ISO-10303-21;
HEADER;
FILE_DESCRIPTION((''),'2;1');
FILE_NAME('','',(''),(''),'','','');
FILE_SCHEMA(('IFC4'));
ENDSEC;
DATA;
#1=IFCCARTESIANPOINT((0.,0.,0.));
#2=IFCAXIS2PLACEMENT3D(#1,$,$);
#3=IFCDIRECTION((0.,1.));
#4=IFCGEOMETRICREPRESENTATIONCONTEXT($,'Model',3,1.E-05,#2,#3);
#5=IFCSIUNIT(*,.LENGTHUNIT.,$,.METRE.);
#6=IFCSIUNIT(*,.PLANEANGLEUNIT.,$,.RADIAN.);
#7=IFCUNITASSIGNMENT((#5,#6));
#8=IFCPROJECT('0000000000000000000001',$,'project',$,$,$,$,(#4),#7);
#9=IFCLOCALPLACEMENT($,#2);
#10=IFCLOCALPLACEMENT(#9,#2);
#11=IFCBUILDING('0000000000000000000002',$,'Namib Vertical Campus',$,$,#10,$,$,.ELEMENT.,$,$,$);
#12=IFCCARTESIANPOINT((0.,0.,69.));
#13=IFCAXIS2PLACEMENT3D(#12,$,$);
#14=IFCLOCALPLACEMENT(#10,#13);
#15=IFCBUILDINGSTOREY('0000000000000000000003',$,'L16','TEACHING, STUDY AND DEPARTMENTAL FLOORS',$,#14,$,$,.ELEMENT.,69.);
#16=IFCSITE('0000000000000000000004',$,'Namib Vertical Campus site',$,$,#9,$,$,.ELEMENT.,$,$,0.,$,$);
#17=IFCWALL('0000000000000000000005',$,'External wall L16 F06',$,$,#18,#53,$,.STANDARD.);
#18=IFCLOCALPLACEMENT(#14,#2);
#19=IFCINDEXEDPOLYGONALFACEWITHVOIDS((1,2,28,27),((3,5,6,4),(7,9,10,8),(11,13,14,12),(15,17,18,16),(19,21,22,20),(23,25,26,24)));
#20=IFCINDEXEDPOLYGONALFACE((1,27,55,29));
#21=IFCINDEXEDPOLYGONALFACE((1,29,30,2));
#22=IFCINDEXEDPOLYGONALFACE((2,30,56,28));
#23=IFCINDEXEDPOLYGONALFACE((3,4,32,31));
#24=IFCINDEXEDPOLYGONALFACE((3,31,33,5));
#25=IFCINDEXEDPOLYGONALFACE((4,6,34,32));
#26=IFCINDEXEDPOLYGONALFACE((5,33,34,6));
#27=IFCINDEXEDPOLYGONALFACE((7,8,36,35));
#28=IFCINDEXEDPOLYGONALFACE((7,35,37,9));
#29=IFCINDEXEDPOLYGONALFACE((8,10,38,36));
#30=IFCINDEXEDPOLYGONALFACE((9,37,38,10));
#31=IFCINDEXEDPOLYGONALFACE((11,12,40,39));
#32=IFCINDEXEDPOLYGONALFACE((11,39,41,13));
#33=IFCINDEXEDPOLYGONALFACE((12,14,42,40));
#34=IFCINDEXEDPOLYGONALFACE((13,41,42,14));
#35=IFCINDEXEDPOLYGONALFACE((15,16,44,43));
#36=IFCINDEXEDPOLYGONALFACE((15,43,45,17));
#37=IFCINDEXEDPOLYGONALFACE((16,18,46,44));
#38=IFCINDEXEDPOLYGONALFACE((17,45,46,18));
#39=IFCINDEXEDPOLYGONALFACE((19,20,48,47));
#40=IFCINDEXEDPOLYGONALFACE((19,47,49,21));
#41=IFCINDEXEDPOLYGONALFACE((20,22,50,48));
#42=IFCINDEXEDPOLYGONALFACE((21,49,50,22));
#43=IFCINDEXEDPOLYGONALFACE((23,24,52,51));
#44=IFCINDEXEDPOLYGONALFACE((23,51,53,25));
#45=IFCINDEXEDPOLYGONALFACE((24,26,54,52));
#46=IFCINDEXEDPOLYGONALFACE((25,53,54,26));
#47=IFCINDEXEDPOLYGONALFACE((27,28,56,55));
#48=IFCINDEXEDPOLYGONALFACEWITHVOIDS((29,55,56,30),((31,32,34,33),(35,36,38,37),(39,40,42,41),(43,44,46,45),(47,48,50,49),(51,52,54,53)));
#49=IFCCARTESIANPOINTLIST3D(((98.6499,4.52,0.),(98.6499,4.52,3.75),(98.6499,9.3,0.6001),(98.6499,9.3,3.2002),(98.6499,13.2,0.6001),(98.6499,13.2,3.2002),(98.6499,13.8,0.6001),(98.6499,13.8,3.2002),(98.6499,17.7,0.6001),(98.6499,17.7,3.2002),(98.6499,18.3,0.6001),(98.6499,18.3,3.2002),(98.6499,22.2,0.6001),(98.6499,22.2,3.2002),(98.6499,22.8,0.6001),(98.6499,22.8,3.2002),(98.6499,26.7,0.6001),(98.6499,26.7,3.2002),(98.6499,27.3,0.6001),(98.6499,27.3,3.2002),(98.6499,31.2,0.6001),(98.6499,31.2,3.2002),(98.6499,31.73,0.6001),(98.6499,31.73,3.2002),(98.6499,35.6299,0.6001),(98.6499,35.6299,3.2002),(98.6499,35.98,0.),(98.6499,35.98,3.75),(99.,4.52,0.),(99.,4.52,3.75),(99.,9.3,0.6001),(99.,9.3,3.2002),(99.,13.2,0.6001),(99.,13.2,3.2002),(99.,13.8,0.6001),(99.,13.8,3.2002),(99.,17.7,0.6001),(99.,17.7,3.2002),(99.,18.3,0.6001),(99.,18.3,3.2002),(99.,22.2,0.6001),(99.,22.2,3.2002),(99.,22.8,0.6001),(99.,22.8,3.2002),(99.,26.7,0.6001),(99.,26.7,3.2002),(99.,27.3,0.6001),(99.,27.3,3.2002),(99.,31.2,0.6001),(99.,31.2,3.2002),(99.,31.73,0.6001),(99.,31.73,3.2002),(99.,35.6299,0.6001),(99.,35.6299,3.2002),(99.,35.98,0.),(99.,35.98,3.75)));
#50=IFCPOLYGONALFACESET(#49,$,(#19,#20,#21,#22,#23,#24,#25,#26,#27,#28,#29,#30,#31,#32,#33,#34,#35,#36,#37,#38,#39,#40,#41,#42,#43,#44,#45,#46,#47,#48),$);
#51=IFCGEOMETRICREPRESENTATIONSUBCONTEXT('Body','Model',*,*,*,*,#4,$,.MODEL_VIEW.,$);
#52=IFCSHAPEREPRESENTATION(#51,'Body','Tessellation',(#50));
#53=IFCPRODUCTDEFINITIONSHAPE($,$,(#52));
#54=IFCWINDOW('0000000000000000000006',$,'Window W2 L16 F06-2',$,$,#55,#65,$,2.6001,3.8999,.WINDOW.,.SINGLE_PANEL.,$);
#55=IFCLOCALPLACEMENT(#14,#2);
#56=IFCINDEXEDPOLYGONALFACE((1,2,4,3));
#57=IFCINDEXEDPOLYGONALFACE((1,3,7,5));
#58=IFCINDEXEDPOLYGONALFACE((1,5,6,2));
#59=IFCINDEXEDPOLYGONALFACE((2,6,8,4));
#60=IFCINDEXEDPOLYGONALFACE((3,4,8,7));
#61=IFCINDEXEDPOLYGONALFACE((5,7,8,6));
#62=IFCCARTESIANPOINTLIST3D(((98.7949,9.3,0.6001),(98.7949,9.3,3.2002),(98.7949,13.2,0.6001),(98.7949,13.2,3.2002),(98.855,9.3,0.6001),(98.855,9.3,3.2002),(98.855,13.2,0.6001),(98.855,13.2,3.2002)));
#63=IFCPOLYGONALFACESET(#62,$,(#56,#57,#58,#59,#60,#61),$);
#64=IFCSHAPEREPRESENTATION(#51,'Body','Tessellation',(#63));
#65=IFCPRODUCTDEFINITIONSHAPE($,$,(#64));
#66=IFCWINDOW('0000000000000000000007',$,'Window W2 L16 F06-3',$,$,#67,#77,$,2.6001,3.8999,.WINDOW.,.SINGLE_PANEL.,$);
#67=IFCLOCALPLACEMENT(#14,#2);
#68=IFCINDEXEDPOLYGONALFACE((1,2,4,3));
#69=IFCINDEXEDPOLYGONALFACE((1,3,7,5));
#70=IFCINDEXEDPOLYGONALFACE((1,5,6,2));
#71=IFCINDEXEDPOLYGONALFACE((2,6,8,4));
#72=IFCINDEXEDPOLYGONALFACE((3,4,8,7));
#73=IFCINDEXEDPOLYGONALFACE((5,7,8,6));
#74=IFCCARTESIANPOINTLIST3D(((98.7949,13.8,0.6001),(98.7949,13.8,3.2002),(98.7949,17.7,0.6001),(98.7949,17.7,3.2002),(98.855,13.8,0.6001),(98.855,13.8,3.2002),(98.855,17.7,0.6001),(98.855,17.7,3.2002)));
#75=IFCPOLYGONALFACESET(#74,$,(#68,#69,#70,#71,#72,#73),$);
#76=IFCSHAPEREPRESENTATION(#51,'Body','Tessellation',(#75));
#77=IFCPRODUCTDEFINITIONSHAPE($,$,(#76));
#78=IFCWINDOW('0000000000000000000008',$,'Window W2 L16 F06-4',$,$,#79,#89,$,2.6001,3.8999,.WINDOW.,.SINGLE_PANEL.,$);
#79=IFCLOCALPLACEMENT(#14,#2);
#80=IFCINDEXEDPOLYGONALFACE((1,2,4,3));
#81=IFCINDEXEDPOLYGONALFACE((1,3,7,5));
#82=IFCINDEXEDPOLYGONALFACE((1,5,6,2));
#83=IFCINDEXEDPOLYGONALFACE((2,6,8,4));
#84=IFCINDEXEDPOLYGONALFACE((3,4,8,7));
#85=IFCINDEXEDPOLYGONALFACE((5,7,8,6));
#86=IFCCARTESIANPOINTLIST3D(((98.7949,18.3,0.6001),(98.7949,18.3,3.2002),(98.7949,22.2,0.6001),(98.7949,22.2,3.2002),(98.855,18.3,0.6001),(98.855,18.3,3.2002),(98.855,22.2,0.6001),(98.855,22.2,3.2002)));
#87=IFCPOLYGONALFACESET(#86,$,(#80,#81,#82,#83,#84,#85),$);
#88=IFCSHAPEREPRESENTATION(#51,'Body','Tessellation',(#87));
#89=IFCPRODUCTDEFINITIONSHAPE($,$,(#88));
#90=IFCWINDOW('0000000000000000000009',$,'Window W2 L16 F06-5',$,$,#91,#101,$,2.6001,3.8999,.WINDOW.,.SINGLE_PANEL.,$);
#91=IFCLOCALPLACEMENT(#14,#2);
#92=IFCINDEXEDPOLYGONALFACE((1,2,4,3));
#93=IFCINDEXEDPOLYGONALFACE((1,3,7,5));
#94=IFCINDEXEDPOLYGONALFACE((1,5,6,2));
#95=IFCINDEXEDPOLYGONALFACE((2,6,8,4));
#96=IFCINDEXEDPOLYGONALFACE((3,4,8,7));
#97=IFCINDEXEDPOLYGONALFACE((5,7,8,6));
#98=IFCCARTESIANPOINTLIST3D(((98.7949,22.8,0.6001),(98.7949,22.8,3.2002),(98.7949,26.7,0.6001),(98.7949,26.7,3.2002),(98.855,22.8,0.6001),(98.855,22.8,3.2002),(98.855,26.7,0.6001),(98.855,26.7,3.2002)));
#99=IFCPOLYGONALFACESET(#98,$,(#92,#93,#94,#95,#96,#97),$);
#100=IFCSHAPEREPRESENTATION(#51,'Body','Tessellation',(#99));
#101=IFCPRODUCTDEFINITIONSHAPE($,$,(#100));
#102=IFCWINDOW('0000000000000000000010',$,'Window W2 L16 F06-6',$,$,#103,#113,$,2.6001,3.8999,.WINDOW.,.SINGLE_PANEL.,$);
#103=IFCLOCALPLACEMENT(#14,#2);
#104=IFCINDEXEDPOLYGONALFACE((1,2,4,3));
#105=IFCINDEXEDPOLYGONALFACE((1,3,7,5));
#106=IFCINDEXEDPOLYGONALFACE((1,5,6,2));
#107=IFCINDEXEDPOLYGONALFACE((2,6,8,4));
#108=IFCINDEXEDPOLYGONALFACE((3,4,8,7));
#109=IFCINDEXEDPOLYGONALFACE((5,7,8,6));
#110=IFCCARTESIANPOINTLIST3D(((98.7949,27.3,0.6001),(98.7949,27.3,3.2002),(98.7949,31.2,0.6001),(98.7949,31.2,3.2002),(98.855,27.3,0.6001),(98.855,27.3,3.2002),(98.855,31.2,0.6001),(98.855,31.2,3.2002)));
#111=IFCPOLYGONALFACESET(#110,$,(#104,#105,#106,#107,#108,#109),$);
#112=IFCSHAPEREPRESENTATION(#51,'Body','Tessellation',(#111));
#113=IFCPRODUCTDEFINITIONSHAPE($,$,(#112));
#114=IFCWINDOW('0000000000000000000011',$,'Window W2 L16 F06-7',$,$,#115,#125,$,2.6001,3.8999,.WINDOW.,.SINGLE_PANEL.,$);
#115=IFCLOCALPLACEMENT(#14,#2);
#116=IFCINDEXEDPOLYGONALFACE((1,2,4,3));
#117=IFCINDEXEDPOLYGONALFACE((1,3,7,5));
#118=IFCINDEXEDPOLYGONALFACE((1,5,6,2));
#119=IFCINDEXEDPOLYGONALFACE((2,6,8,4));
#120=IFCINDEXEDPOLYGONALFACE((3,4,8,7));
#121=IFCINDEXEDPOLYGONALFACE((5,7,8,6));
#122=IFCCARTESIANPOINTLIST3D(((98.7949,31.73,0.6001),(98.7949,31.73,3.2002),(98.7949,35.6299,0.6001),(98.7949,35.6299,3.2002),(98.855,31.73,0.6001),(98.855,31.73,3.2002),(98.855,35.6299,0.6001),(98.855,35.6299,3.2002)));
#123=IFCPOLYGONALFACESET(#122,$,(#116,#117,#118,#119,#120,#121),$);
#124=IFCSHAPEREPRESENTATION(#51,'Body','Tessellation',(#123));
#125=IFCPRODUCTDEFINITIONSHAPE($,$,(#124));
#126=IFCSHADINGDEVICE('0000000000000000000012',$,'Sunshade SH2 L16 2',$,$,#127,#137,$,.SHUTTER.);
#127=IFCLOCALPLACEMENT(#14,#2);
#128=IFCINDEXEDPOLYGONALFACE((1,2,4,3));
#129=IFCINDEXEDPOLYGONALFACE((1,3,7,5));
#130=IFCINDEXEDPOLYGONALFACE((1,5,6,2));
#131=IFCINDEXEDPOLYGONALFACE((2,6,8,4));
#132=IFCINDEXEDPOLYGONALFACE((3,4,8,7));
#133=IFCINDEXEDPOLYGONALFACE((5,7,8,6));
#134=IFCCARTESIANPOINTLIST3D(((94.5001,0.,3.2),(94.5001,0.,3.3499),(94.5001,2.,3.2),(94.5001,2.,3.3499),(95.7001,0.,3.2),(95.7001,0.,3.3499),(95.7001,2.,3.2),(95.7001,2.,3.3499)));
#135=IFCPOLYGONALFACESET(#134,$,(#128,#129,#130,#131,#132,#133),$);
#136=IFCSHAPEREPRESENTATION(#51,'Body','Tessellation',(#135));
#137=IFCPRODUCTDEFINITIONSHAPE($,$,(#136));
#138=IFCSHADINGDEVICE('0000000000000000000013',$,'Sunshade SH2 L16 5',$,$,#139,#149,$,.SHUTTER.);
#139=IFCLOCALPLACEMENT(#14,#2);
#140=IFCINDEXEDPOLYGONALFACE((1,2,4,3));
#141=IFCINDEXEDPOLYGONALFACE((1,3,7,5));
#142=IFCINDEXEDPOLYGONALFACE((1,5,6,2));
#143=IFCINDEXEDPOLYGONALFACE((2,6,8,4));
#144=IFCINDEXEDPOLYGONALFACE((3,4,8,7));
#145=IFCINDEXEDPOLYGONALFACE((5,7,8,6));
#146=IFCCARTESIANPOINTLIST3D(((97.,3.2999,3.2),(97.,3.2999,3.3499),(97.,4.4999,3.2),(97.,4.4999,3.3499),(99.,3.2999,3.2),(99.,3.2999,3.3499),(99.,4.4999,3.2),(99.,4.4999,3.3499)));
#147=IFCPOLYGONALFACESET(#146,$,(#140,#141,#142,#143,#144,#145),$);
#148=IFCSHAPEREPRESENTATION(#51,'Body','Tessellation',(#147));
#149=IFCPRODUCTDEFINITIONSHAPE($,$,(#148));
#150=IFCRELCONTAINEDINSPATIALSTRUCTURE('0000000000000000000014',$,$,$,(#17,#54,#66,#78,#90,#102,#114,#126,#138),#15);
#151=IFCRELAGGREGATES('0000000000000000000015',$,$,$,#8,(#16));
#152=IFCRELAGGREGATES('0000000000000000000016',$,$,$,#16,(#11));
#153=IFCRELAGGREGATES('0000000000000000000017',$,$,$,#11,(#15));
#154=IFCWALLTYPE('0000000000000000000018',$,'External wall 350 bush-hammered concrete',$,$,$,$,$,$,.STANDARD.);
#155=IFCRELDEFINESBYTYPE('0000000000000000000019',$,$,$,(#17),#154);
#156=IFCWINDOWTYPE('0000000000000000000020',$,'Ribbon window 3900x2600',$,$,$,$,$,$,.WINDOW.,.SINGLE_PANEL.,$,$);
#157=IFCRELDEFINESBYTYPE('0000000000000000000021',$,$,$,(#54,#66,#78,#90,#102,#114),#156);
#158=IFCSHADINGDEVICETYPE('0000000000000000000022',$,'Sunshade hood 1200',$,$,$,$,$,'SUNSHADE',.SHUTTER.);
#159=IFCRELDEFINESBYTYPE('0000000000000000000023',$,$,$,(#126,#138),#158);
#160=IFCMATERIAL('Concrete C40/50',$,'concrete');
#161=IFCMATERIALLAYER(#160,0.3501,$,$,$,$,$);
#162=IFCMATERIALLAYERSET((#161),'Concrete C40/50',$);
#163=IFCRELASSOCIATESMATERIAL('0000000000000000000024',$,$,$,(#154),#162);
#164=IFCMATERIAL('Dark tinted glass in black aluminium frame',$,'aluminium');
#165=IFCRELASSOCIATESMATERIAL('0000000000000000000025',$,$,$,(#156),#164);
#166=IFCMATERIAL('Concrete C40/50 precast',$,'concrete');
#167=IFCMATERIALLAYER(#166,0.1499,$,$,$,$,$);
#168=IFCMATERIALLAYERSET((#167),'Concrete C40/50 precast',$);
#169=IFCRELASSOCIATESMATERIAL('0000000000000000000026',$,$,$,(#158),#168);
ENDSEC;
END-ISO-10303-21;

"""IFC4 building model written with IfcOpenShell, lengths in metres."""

from ifc_helpers import new_model, si_unit, direction, frame, frame_2d, origin, origin_2d, place, context, subcontext, project, spatial, rectangle, extrude, material, layer, layer_set, type_object, element, fill, save


model = new_model("IFC4")

# Units and contexts
model_context = context("Model", 3, precision=1e-05, world=origin(), true_north=direction((0.0, 1.0)))
body_context = subcontext(model_context, "Body", "Model", "MODEL_VIEW")
ifc_project = project(units=[si_unit("LENGTHUNIT", "METRE"), si_unit("PLANEANGLEUNIT", "RADIAN")], contexts=[model_context])

# Site, building, storey
site_placement = place(None, origin())
site = spatial("IfcSite", under=ifc_project, at=site_placement, Name="Namib Vertical Campus site", CompositionType="ELEMENT", RefElevation=0.0)
building_placement = place(site_placement, origin())
building = spatial("IfcBuilding", under=site, at=building_placement, Name="Namib Vertical Campus", CompositionType="ELEMENT")
storey_placement = place(building_placement, frame((0.0, 0.0, 69.0)))
storey = spatial("IfcBuildingStorey", under=building, at=storey_placement, Name="L16", Description="TEACHING, STUDY AND DEPARTMENTAL FLOORS", CompositionType="ELEMENT", Elevation=69.0)

# Shared definitions
ifc_material_1 = material(Name="Concrete C40/50", Category="concrete")
ifc_layer_1 = layer(ifc_material_1, 0.3501)
ifc_layer_set_1 = layer_set([ifc_layer_1], Name="Concrete C40/50")
wall_type = type_object("IfcWallType", Name="External wall 350 bush-hammered concrete", PredefinedType="STANDARD", material=ifc_layer_set_1)

# Wall, openings, windows
wall_1_placement = place(storey_placement, frame((98.825, 4.52, 0.0), z_axis=(0.0, 0.0, 1.0), x_axis=(0.0, 1.0, 0.0)))
wall_1 = element("IfcWall", 1, at=wall_1_placement, inside=storey, type_object=wall_type, Name="External wall L16 F06", PredefinedType="STANDARD", context=body_context, shape_type="SweptSolid", body=[
    extrude(rectangle(XDim=31.46, YDim=0.3501, at=frame_2d((15.73, 0.0))), origin(), (0.0, 0.0, 1.0), 3.75),
])
opening_1_placement = place(wall_1_placement, frame((4.78, 0.0, 0.6001)))
opening_1 = element("IfcOpeningElement", 2, at=opening_1_placement, cuts=wall_1, PredefinedType="OPENING", context=body_context, shape_type="SweptSolid", body=[
    extrude(rectangle(XDim=3.8999, YDim=2.6001, at=frame_2d((1.95, 1.3))), frame((0.0, 0.1851, 0.0), z_axis=(0.0, -1.0, 0.0), x_axis=(1.0, 0.0, 0.0)), (0.0, 0.0, 1.0), 0.3701),
])
opening_2_placement = place(wall_1_placement, frame((9.28, 0.0, 0.6001)))
opening_2 = element("IfcOpeningElement", 3, at=opening_2_placement, cuts=wall_1, PredefinedType="OPENING", context=body_context, shape_type="SweptSolid", body=[
    extrude(rectangle(XDim=3.8999, YDim=2.6001, at=frame_2d((1.95, 1.3))), frame((0.0, 0.1851, 0.0), z_axis=(0.0, -1.0, 0.0), x_axis=(1.0, 0.0, 0.0)), (0.0, 0.0, 1.0), 0.3701),
])
opening_3_placement = place(wall_1_placement, frame((13.78, 0.0, 0.6001)))
opening_3 = element("IfcOpeningElement", 4, at=opening_3_placement, cuts=wall_1, PredefinedType="OPENING", context=body_context, shape_type="SweptSolid", body=[
    extrude(rectangle(XDim=3.8999, YDim=2.6001, at=frame_2d((1.95, 1.3))), frame((0.0, 0.1851, 0.0), z_axis=(0.0, -1.0, 0.0), x_axis=(1.0, 0.0, 0.0)), (0.0, 0.0, 1.0), 0.3701),
])
opening_4_placement = place(wall_1_placement, frame((18.28, 0.0, 0.6001)))
opening_4 = element("IfcOpeningElement", 5, at=opening_4_placement, cuts=wall_1, PredefinedType="OPENING", context=body_context, shape_type="SweptSolid", body=[
    extrude(rectangle(XDim=3.8999, YDim=2.6001, at=frame_2d((1.95, 1.3))), frame((0.0, 0.1851, 0.0), z_axis=(0.0, -1.0, 0.0), x_axis=(1.0, 0.0, 0.0)), (0.0, 0.0, 1.0), 0.3701),
])
opening_5_placement = place(wall_1_placement, frame((22.78, 0.0, 0.6001)))
opening_5 = element("IfcOpeningElement", 6, at=opening_5_placement, cuts=wall_1, PredefinedType="OPENING", context=body_context, shape_type="SweptSolid", body=[
    extrude(rectangle(XDim=3.8999, YDim=2.6001, at=frame_2d((1.95, 1.3))), frame((0.0, 0.1851, 0.0), z_axis=(0.0, -1.0, 0.0), x_axis=(1.0, 0.0, 0.0)), (0.0, 0.0, 1.0), 0.3701),
])
opening_6_placement = place(wall_1_placement, frame((27.21, 0.0, 0.6001)))
opening_6 = element("IfcOpeningElement", 7, at=opening_6_placement, cuts=wall_1, PredefinedType="OPENING", context=body_context, shape_type="SweptSolid", body=[
    extrude(rectangle(XDim=3.8999, YDim=2.6001, at=frame_2d((1.95, 1.3))), frame((0.0, 0.1851, 0.0), z_axis=(0.0, -1.0, 0.0), x_axis=(1.0, 0.0, 0.0)), (0.0, 0.0, 1.0), 0.3701),
])
ifc_material_2 = material(Name="Dark tinted glass in black aluminium frame", Category="aluminium")
window_type = type_object("IfcWindowType", Name="Ribbon window 3900x2600", PartitioningType="SINGLE_PANEL", PredefinedType="WINDOW", material=ifc_material_2)
window_1_placement = place(opening_1_placement, origin())
window_1 = element("IfcWindow", 8, at=window_1_placement, inside=storey, type_object=window_type, Name="Window W2 L16 F06-2", OverallHeight=2.6001, OverallWidth=3.8999, PartitioningType="SINGLE_PANEL", PredefinedType="WINDOW", context=body_context, shape_type="SweptSolid", body=[
    extrude(rectangle(XDim=3.8999, YDim=2.6001, at=frame_2d((1.95, 1.3))), frame((0.0, 0.03, 0.0), z_axis=(0.0, -1.0, 0.0), x_axis=(1.0, 0.0, 0.0)), (0.0, 0.0, 1.0), 0.0601),
])
fill(opening_1, window_1)
window_2_placement = place(opening_2_placement, origin())
window_2 = element("IfcWindow", 9, at=window_2_placement, inside=storey, type_object=window_type, Name="Window W2 L16 F06-3", OverallHeight=2.6001, OverallWidth=3.8999, PartitioningType="SINGLE_PANEL", PredefinedType="WINDOW", context=body_context, shape_type="SweptSolid", body=[
    extrude(rectangle(XDim=3.8999, YDim=2.6001, at=frame_2d((1.95, 1.3))), frame((0.0, 0.03, 0.0), z_axis=(0.0, -1.0, 0.0), x_axis=(1.0, 0.0, 0.0)), (0.0, 0.0, 1.0), 0.0601),
])
fill(opening_2, window_2)
window_3_placement = place(opening_3_placement, origin())
window_3 = element("IfcWindow", 10, at=window_3_placement, inside=storey, type_object=window_type, Name="Window W2 L16 F06-4", OverallHeight=2.6001, OverallWidth=3.8999, PartitioningType="SINGLE_PANEL", PredefinedType="WINDOW", context=body_context, shape_type="SweptSolid", body=[
    extrude(rectangle(XDim=3.8999, YDim=2.6001, at=frame_2d((1.95, 1.3))), frame((0.0, 0.03, 0.0), z_axis=(0.0, -1.0, 0.0), x_axis=(1.0, 0.0, 0.0)), (0.0, 0.0, 1.0), 0.0601),
])
fill(opening_3, window_3)
window_4_placement = place(opening_4_placement, origin())
window_4 = element("IfcWindow", 11, at=window_4_placement, inside=storey, type_object=window_type, Name="Window W2 L16 F06-5", OverallHeight=2.6001, OverallWidth=3.8999, PartitioningType="SINGLE_PANEL", PredefinedType="WINDOW", context=body_context, shape_type="SweptSolid", body=[
    extrude(rectangle(XDim=3.8999, YDim=2.6001, at=frame_2d((1.95, 1.3))), frame((0.0, 0.03, 0.0), z_axis=(0.0, -1.0, 0.0), x_axis=(1.0, 0.0, 0.0)), (0.0, 0.0, 1.0), 0.0601),
])
fill(opening_4, window_4)
window_5_placement = place(opening_5_placement, origin())
window_5 = element("IfcWindow", 12, at=window_5_placement, inside=storey, type_object=window_type, Name="Window W2 L16 F06-6", OverallHeight=2.6001, OverallWidth=3.8999, PartitioningType="SINGLE_PANEL", PredefinedType="WINDOW", context=body_context, shape_type="SweptSolid", body=[
    extrude(rectangle(XDim=3.8999, YDim=2.6001, at=frame_2d((1.95, 1.3))), frame((0.0, 0.03, 0.0), z_axis=(0.0, -1.0, 0.0), x_axis=(1.0, 0.0, 0.0)), (0.0, 0.0, 1.0), 0.0601),
])
fill(opening_5, window_5)
window_6_placement = place(opening_6_placement, origin())
window_6 = element("IfcWindow", 13, at=window_6_placement, inside=storey, type_object=window_type, Name="Window W2 L16 F06-7", OverallHeight=2.6001, OverallWidth=3.8999, PartitioningType="SINGLE_PANEL", PredefinedType="WINDOW", context=body_context, shape_type="SweptSolid", body=[
    extrude(rectangle(XDim=3.8999, YDim=2.6001, at=frame_2d((1.95, 1.3))), frame((0.0, 0.03, 0.0), z_axis=(0.0, -1.0, 0.0), x_axis=(1.0, 0.0, 0.0)), (0.0, 0.0, 1.0), 0.0601),
])
fill(opening_6, window_6)

# Shading devices
ifc_material_3 = material(Name="Concrete C40/50 precast", Category="concrete")
ifc_layer_2 = layer(ifc_material_3, 0.1499)
ifc_layer_set_2 = layer_set([ifc_layer_2], Name="Concrete C40/50 precast")
shading_device_type = type_object("IfcShadingDeviceType", Name="Sunshade hood 1200", ElementType="SUNSHADE", PredefinedType="SHUTTER", material=ifc_layer_set_2)
for number, where, z_axis, x_axis, name in (
    (14, (95.1001, 1.0, 3.2), (0.0, 0.0, 1.0), (0.0, 1.0, 0.0), "Sunshade SH2 L16 2"),
    (15, (98.0, 3.8999, 3.2), (0.0, 0.0, 1.0), (1.0, 0.0, 0.0), "Sunshade SH2 L16 5"),
):
    element("IfcShadingDevice", number, at=place(storey_placement, frame(where, z_axis=z_axis, x_axis=x_axis)), inside=storey, type_object=shading_device_type, Name=name, PredefinedType="SHUTTER", context=body_context, shape_type="SweptSolid", body=[
        extrude(rectangle(XDim=2.0, YDim=1.2, at=origin_2d()), origin(), (0.0, 0.0, 1.0), 0.1499),
    ])

save(model, "model.ifc")
